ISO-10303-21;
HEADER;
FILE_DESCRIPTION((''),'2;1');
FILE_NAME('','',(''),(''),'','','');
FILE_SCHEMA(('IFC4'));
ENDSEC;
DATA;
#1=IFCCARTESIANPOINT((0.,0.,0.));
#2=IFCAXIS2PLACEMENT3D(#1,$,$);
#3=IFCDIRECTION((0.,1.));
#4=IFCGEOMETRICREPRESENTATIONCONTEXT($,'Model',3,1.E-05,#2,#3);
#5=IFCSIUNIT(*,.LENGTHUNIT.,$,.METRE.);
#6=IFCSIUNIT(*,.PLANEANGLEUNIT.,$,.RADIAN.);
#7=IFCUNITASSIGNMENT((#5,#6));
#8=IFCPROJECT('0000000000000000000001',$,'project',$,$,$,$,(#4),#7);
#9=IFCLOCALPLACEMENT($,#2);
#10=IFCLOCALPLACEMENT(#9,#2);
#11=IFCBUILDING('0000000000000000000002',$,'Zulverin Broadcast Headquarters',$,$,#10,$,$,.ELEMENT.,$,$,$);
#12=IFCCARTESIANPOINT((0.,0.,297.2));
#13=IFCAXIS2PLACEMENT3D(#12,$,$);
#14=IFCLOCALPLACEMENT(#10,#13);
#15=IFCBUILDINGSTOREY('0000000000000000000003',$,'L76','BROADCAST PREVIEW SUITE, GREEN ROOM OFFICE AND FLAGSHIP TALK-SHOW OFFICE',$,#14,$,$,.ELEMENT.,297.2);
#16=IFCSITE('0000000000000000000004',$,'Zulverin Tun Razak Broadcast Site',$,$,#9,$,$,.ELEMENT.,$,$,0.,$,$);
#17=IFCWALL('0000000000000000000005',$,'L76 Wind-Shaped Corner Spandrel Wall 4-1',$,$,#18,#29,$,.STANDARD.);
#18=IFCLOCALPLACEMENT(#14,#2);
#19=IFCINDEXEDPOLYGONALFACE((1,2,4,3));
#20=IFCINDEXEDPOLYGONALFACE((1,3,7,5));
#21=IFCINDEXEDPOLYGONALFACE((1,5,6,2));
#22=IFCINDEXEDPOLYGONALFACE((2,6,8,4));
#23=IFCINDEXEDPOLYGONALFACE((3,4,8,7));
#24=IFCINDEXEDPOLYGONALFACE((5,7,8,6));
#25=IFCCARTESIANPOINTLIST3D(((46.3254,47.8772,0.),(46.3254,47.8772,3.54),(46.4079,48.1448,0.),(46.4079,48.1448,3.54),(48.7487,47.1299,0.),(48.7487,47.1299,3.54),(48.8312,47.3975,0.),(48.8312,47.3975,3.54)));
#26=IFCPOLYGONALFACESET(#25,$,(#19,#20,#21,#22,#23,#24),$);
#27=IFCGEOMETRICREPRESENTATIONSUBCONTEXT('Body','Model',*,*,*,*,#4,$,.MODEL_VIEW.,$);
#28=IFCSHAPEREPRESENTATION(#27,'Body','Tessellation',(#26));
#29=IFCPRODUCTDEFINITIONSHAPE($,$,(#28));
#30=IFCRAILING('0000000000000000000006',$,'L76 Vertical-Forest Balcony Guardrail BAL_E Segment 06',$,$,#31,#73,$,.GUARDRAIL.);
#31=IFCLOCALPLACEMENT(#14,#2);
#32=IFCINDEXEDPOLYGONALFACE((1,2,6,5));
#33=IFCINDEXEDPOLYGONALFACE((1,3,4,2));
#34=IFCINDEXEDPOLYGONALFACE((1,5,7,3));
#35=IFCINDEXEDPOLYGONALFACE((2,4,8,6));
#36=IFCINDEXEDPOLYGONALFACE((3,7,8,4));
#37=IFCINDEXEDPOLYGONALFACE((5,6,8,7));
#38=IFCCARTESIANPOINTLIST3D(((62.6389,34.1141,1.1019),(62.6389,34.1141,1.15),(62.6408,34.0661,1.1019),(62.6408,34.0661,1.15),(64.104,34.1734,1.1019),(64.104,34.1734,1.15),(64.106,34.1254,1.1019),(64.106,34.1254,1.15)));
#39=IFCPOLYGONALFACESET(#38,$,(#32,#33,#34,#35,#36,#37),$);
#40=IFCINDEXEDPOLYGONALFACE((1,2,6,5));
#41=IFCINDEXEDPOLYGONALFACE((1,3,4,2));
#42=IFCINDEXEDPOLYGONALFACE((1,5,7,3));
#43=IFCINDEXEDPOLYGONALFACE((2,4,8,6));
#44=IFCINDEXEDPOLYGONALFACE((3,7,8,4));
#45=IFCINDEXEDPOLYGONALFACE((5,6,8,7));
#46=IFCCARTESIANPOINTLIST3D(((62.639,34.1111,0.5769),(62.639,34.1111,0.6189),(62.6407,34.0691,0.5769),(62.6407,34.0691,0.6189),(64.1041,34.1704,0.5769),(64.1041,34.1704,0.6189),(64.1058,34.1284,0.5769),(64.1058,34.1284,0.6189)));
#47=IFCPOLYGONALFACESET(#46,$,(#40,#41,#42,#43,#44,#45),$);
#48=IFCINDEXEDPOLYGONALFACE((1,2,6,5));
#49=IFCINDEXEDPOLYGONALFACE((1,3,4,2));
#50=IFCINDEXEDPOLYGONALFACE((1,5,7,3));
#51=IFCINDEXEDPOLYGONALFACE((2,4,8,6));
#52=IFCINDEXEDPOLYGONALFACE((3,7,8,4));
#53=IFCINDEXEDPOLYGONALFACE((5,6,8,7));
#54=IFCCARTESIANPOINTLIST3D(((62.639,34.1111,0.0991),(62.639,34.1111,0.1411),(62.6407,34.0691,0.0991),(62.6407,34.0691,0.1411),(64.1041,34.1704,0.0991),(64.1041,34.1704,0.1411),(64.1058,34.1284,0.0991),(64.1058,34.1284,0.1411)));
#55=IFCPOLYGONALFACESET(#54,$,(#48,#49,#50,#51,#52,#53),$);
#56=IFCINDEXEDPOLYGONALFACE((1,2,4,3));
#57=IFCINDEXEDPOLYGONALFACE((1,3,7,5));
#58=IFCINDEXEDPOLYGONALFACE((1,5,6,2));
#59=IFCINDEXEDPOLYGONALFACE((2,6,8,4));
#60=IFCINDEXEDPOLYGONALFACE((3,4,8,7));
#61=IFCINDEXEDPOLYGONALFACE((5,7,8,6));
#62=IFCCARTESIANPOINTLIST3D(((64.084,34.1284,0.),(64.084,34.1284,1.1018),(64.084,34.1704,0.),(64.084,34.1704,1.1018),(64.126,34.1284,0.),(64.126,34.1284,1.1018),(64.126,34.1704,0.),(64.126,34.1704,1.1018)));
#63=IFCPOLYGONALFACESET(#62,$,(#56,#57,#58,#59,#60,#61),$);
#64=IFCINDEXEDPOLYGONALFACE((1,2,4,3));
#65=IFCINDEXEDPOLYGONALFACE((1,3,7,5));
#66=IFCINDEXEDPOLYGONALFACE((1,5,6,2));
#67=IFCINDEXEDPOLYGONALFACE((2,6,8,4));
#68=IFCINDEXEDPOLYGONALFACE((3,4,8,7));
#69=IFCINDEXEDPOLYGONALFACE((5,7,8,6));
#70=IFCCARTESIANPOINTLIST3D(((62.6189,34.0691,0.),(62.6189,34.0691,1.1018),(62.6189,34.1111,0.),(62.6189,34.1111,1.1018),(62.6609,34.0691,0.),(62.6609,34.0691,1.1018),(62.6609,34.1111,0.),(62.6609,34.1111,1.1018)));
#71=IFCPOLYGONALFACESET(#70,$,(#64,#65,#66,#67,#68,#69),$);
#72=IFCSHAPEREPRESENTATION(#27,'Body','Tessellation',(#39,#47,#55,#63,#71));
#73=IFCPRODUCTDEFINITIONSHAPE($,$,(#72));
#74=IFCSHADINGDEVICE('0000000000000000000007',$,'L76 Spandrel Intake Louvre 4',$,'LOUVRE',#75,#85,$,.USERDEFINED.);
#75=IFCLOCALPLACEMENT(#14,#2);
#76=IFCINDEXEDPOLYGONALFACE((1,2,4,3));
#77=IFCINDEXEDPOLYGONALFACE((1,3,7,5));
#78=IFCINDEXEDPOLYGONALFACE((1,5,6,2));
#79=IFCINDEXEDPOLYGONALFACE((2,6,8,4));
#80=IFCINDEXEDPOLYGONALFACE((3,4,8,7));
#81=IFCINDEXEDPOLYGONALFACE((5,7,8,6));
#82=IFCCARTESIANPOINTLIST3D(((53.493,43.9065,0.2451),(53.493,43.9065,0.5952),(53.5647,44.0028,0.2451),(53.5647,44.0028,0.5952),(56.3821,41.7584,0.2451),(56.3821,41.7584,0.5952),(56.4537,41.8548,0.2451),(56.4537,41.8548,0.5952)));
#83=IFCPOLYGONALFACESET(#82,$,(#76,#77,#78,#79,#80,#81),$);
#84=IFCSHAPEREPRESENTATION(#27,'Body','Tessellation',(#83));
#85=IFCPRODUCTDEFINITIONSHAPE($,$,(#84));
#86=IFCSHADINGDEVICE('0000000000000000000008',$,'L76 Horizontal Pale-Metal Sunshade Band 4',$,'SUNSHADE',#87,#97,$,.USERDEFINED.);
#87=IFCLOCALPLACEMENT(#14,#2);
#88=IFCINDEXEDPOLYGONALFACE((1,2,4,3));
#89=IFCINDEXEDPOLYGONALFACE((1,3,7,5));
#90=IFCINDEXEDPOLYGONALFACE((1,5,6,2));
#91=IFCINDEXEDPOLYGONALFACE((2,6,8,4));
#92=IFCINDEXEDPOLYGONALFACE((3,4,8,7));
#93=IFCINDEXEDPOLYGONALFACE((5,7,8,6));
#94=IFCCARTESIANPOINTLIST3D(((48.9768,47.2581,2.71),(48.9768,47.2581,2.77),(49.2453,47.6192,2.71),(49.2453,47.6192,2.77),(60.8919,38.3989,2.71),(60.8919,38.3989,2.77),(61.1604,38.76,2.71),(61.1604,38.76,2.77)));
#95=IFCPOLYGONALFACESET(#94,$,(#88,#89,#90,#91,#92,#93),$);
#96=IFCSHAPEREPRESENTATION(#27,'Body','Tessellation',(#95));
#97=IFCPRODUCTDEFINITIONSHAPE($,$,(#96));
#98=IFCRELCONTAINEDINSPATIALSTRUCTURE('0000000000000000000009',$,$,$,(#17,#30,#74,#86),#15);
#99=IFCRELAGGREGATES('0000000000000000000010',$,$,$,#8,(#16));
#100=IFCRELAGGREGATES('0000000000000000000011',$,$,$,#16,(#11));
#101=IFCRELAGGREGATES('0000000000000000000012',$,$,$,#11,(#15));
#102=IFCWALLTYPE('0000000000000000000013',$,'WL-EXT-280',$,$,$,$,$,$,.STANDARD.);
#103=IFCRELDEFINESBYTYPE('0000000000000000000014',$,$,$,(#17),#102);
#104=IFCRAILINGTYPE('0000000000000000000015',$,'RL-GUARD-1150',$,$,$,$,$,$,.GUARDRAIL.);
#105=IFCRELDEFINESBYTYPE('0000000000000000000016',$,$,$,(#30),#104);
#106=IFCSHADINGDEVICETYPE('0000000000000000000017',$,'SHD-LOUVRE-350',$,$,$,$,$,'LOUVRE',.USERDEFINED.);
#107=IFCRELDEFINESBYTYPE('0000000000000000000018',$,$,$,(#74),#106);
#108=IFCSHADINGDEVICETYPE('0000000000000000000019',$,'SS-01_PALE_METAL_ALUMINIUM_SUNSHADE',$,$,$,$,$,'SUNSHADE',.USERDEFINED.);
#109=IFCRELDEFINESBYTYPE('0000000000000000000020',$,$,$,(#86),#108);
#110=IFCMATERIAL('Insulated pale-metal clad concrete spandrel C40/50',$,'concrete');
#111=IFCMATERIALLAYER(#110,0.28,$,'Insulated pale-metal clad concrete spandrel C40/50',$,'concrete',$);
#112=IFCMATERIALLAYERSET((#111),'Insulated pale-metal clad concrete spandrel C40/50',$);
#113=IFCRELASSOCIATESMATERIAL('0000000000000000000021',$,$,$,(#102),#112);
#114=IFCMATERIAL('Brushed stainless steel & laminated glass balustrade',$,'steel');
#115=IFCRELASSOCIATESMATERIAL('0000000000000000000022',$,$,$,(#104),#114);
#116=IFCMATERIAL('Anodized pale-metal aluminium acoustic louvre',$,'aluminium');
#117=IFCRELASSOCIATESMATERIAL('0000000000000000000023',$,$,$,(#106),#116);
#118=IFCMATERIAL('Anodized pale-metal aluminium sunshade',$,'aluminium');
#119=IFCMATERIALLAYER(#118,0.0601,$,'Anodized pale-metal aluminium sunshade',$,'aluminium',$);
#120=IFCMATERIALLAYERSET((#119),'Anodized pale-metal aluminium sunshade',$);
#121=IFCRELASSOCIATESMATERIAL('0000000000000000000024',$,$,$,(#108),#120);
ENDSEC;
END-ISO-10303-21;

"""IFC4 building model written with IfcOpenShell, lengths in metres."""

from ifc_helpers import new_model, si_unit, direction, frame, frame_2d, origin, origin_2d, place, context, subcontext, project, spatial, rectangle, extrude, material, layer, layer_set, type_object, element, save


model = new_model("IFC4")

# Units and contexts
model_context = context("Model", 3, precision=1e-05, world=origin(), true_north=direction((0.0, 1.0)))
body_context = subcontext(model_context, "Body", "Model", "MODEL_VIEW")
ifc_project = project(units=[si_unit("LENGTHUNIT", "METRE"), si_unit("PLANEANGLEUNIT", "RADIAN")], contexts=[model_context])

# Site, building, storey
site_placement = place(None, origin())
site = spatial("IfcSite", under=ifc_project, at=site_placement, Name="Zulverin Tun Razak Broadcast Site", CompositionType="ELEMENT", RefElevation=0.0)
building_placement = place(site_placement, origin())
building = spatial("IfcBuilding", under=site, at=building_placement, Name="Zulverin Broadcast Headquarters", CompositionType="ELEMENT")
storey_placement = place(building_placement, frame((0.0, 0.0, 297.2)))
storey = spatial("IfcBuildingStorey", under=building, at=storey_placement, Name="L76", Description="BROADCAST PREVIEW SUITE, GREEN ROOM OFFICE AND FLAGSHIP TALK-SHOW OFFICE", CompositionType="ELEMENT", Elevation=297.2)

# Shared definitions
ifc_material_1 = material(Name="Insulated pale-metal clad concrete spandrel C40/50", Category="concrete")
ifc_layer_1 = layer(ifc_material_1, 0.28, Name="Insulated pale-metal clad concrete spandrel C40/50", Category="concrete")
ifc_layer_set_1 = layer_set([ifc_layer_1], Name="Insulated pale-metal clad concrete spandrel C40/50")
wall_type = type_object("IfcWallType", Name="WL-EXT-280", PredefinedType="STANDARD", material=ifc_layer_set_1)

# Wall
wall_1_placement = place(storey_placement, frame((48.79, 47.2637, 0.0), z_axis=(0.0, 0.0, 1.0), x_axis=(-0.955594, 0.294688, 0.0)))
element("IfcWall", 1, at=wall_1_placement, inside=storey, type_object=wall_type, Name="L76 Wind-Shaped Corner Spandrel Wall 4-1", PredefinedType="STANDARD", context=body_context, shape_type="SweptSolid", body=[
    extrude(rectangle(XDim=2.5359, YDim=0.28, at=frame_2d((1.2681, 0.0))), origin(), (0.0, 0.0, 1.0), 3.54),
])

# Railing
ifc_material_2 = material(Name="Brushed stainless steel & laminated glass balustrade", Category="steel")
railing_type = type_object("IfcRailingType", Name="RL-GUARD-1150", PredefinedType="GUARDRAIL", material=ifc_material_2)
railing_placement = place(storey_placement, frame((64.105, 34.1494, 0.0)))
element("IfcRailing", 2, at=railing_placement, inside=storey, type_object=railing_type, Name="L76 Vertical-Forest Balcony Guardrail BAL_E Segment 06", PredefinedType="GUARDRAIL", context=body_context, shape_type="SweptSolid", body=[
    extrude(rectangle(XDim=0.0481, YDim=0.0481, at=origin_2d()), frame((0.0, 0.0, 1.126), z_axis=(-0.999181, -0.04046, 0.0), x_axis=(0.04046, -0.999181, 0.0)), (0.0, 0.0, 1.0), 1.4663),
    extrude(rectangle(XDim=0.042, YDim=0.042, at=origin_2d()), frame((0.0, 0.0, 0.5979), z_axis=(-0.999181, -0.04046, 0.0), x_axis=(0.04046, -0.999181, 0.0)), (0.0, 0.0, 1.0), 1.4663),
    extrude(rectangle(XDim=0.042, YDim=0.042, at=origin_2d()), frame((0.0, 0.0, 0.1201), z_axis=(-0.999181, -0.04046, 0.0), x_axis=(0.04046, -0.999181, 0.0)), (0.0, 0.0, 1.0), 1.4663),
    extrude(rectangle(XDim=0.042, YDim=0.042, at=origin_2d()), origin(), (0.0, 0.0, 1.0), 1.1018),
    extrude(rectangle(XDim=0.042, YDim=0.042, at=origin_2d()), frame((-1.4651, -0.0593, 0.0)), (0.0, 0.0, 1.0), 1.1018),
])

# Shading devices
ifc_material_3 = material(Name="Anodized pale-metal aluminium acoustic louvre", Category="aluminium")
shading_device_type_1 = type_object("IfcShadingDeviceType", Name="SHD-LOUVRE-350", ElementType="LOUVRE", PredefinedType="USERDEFINED", material=ifc_material_3)
shading_device_1_placement = place(storey_placement, frame((54.9734, 42.8806, 0.2451), z_axis=(0.0, 0.0, 1.0), x_axis=(-0.802486, 0.59667, 0.0)))
element("IfcShadingDevice", 3, at=shading_device_1_placement, inside=storey, type_object=shading_device_type_1, Name="L76 Spandrel Intake Louvre 4", ObjectType="LOUVRE", PredefinedType="USERDEFINED", context=body_context, shape_type="SweptSolid", body=[
    extrude(rectangle(XDim=3.6001, YDim=0.1201, at=origin_2d()), origin(), (0.0, 0.0, 1.0), 0.3501),
])
ifc_material_4 = material(Name="Anodized pale-metal aluminium sunshade", Category="aluminium")
ifc_layer_2 = layer(ifc_material_4, 0.0601, Name="Anodized pale-metal aluminium sunshade", Category="aluminium")
ifc_layer_set_2 = layer_set([ifc_layer_2], Name="Anodized pale-metal aluminium sunshade")
shading_device_type_2 = type_object("IfcShadingDeviceType", Name="SS-01_PALE_METAL_ALUMINIUM_SUNSHADE", ElementType="SUNSHADE", PredefinedType="USERDEFINED", material=ifc_layer_set_2)
shading_device_2_placement = place(storey_placement, frame((55.0686, 43.009, 2.71), z_axis=(0.0, 0.0, 1.0), x_axis=(-0.802486, 0.59667, 0.0)))
element("IfcShadingDevice", 4, at=shading_device_2_placement, inside=storey, type_object=shading_device_type_2, Name="L76 Horizontal Pale-Metal Sunshade Band 4", ObjectType="SUNSHADE", PredefinedType="USERDEFINED", context=body_context, shape_type="SweptSolid", body=[
    extrude(rectangle(XDim=14.8477, YDim=0.45, at=origin_2d()), origin(), (0.0, 0.0, 1.0), 0.0601),
])

save(model, "model.ifc")
